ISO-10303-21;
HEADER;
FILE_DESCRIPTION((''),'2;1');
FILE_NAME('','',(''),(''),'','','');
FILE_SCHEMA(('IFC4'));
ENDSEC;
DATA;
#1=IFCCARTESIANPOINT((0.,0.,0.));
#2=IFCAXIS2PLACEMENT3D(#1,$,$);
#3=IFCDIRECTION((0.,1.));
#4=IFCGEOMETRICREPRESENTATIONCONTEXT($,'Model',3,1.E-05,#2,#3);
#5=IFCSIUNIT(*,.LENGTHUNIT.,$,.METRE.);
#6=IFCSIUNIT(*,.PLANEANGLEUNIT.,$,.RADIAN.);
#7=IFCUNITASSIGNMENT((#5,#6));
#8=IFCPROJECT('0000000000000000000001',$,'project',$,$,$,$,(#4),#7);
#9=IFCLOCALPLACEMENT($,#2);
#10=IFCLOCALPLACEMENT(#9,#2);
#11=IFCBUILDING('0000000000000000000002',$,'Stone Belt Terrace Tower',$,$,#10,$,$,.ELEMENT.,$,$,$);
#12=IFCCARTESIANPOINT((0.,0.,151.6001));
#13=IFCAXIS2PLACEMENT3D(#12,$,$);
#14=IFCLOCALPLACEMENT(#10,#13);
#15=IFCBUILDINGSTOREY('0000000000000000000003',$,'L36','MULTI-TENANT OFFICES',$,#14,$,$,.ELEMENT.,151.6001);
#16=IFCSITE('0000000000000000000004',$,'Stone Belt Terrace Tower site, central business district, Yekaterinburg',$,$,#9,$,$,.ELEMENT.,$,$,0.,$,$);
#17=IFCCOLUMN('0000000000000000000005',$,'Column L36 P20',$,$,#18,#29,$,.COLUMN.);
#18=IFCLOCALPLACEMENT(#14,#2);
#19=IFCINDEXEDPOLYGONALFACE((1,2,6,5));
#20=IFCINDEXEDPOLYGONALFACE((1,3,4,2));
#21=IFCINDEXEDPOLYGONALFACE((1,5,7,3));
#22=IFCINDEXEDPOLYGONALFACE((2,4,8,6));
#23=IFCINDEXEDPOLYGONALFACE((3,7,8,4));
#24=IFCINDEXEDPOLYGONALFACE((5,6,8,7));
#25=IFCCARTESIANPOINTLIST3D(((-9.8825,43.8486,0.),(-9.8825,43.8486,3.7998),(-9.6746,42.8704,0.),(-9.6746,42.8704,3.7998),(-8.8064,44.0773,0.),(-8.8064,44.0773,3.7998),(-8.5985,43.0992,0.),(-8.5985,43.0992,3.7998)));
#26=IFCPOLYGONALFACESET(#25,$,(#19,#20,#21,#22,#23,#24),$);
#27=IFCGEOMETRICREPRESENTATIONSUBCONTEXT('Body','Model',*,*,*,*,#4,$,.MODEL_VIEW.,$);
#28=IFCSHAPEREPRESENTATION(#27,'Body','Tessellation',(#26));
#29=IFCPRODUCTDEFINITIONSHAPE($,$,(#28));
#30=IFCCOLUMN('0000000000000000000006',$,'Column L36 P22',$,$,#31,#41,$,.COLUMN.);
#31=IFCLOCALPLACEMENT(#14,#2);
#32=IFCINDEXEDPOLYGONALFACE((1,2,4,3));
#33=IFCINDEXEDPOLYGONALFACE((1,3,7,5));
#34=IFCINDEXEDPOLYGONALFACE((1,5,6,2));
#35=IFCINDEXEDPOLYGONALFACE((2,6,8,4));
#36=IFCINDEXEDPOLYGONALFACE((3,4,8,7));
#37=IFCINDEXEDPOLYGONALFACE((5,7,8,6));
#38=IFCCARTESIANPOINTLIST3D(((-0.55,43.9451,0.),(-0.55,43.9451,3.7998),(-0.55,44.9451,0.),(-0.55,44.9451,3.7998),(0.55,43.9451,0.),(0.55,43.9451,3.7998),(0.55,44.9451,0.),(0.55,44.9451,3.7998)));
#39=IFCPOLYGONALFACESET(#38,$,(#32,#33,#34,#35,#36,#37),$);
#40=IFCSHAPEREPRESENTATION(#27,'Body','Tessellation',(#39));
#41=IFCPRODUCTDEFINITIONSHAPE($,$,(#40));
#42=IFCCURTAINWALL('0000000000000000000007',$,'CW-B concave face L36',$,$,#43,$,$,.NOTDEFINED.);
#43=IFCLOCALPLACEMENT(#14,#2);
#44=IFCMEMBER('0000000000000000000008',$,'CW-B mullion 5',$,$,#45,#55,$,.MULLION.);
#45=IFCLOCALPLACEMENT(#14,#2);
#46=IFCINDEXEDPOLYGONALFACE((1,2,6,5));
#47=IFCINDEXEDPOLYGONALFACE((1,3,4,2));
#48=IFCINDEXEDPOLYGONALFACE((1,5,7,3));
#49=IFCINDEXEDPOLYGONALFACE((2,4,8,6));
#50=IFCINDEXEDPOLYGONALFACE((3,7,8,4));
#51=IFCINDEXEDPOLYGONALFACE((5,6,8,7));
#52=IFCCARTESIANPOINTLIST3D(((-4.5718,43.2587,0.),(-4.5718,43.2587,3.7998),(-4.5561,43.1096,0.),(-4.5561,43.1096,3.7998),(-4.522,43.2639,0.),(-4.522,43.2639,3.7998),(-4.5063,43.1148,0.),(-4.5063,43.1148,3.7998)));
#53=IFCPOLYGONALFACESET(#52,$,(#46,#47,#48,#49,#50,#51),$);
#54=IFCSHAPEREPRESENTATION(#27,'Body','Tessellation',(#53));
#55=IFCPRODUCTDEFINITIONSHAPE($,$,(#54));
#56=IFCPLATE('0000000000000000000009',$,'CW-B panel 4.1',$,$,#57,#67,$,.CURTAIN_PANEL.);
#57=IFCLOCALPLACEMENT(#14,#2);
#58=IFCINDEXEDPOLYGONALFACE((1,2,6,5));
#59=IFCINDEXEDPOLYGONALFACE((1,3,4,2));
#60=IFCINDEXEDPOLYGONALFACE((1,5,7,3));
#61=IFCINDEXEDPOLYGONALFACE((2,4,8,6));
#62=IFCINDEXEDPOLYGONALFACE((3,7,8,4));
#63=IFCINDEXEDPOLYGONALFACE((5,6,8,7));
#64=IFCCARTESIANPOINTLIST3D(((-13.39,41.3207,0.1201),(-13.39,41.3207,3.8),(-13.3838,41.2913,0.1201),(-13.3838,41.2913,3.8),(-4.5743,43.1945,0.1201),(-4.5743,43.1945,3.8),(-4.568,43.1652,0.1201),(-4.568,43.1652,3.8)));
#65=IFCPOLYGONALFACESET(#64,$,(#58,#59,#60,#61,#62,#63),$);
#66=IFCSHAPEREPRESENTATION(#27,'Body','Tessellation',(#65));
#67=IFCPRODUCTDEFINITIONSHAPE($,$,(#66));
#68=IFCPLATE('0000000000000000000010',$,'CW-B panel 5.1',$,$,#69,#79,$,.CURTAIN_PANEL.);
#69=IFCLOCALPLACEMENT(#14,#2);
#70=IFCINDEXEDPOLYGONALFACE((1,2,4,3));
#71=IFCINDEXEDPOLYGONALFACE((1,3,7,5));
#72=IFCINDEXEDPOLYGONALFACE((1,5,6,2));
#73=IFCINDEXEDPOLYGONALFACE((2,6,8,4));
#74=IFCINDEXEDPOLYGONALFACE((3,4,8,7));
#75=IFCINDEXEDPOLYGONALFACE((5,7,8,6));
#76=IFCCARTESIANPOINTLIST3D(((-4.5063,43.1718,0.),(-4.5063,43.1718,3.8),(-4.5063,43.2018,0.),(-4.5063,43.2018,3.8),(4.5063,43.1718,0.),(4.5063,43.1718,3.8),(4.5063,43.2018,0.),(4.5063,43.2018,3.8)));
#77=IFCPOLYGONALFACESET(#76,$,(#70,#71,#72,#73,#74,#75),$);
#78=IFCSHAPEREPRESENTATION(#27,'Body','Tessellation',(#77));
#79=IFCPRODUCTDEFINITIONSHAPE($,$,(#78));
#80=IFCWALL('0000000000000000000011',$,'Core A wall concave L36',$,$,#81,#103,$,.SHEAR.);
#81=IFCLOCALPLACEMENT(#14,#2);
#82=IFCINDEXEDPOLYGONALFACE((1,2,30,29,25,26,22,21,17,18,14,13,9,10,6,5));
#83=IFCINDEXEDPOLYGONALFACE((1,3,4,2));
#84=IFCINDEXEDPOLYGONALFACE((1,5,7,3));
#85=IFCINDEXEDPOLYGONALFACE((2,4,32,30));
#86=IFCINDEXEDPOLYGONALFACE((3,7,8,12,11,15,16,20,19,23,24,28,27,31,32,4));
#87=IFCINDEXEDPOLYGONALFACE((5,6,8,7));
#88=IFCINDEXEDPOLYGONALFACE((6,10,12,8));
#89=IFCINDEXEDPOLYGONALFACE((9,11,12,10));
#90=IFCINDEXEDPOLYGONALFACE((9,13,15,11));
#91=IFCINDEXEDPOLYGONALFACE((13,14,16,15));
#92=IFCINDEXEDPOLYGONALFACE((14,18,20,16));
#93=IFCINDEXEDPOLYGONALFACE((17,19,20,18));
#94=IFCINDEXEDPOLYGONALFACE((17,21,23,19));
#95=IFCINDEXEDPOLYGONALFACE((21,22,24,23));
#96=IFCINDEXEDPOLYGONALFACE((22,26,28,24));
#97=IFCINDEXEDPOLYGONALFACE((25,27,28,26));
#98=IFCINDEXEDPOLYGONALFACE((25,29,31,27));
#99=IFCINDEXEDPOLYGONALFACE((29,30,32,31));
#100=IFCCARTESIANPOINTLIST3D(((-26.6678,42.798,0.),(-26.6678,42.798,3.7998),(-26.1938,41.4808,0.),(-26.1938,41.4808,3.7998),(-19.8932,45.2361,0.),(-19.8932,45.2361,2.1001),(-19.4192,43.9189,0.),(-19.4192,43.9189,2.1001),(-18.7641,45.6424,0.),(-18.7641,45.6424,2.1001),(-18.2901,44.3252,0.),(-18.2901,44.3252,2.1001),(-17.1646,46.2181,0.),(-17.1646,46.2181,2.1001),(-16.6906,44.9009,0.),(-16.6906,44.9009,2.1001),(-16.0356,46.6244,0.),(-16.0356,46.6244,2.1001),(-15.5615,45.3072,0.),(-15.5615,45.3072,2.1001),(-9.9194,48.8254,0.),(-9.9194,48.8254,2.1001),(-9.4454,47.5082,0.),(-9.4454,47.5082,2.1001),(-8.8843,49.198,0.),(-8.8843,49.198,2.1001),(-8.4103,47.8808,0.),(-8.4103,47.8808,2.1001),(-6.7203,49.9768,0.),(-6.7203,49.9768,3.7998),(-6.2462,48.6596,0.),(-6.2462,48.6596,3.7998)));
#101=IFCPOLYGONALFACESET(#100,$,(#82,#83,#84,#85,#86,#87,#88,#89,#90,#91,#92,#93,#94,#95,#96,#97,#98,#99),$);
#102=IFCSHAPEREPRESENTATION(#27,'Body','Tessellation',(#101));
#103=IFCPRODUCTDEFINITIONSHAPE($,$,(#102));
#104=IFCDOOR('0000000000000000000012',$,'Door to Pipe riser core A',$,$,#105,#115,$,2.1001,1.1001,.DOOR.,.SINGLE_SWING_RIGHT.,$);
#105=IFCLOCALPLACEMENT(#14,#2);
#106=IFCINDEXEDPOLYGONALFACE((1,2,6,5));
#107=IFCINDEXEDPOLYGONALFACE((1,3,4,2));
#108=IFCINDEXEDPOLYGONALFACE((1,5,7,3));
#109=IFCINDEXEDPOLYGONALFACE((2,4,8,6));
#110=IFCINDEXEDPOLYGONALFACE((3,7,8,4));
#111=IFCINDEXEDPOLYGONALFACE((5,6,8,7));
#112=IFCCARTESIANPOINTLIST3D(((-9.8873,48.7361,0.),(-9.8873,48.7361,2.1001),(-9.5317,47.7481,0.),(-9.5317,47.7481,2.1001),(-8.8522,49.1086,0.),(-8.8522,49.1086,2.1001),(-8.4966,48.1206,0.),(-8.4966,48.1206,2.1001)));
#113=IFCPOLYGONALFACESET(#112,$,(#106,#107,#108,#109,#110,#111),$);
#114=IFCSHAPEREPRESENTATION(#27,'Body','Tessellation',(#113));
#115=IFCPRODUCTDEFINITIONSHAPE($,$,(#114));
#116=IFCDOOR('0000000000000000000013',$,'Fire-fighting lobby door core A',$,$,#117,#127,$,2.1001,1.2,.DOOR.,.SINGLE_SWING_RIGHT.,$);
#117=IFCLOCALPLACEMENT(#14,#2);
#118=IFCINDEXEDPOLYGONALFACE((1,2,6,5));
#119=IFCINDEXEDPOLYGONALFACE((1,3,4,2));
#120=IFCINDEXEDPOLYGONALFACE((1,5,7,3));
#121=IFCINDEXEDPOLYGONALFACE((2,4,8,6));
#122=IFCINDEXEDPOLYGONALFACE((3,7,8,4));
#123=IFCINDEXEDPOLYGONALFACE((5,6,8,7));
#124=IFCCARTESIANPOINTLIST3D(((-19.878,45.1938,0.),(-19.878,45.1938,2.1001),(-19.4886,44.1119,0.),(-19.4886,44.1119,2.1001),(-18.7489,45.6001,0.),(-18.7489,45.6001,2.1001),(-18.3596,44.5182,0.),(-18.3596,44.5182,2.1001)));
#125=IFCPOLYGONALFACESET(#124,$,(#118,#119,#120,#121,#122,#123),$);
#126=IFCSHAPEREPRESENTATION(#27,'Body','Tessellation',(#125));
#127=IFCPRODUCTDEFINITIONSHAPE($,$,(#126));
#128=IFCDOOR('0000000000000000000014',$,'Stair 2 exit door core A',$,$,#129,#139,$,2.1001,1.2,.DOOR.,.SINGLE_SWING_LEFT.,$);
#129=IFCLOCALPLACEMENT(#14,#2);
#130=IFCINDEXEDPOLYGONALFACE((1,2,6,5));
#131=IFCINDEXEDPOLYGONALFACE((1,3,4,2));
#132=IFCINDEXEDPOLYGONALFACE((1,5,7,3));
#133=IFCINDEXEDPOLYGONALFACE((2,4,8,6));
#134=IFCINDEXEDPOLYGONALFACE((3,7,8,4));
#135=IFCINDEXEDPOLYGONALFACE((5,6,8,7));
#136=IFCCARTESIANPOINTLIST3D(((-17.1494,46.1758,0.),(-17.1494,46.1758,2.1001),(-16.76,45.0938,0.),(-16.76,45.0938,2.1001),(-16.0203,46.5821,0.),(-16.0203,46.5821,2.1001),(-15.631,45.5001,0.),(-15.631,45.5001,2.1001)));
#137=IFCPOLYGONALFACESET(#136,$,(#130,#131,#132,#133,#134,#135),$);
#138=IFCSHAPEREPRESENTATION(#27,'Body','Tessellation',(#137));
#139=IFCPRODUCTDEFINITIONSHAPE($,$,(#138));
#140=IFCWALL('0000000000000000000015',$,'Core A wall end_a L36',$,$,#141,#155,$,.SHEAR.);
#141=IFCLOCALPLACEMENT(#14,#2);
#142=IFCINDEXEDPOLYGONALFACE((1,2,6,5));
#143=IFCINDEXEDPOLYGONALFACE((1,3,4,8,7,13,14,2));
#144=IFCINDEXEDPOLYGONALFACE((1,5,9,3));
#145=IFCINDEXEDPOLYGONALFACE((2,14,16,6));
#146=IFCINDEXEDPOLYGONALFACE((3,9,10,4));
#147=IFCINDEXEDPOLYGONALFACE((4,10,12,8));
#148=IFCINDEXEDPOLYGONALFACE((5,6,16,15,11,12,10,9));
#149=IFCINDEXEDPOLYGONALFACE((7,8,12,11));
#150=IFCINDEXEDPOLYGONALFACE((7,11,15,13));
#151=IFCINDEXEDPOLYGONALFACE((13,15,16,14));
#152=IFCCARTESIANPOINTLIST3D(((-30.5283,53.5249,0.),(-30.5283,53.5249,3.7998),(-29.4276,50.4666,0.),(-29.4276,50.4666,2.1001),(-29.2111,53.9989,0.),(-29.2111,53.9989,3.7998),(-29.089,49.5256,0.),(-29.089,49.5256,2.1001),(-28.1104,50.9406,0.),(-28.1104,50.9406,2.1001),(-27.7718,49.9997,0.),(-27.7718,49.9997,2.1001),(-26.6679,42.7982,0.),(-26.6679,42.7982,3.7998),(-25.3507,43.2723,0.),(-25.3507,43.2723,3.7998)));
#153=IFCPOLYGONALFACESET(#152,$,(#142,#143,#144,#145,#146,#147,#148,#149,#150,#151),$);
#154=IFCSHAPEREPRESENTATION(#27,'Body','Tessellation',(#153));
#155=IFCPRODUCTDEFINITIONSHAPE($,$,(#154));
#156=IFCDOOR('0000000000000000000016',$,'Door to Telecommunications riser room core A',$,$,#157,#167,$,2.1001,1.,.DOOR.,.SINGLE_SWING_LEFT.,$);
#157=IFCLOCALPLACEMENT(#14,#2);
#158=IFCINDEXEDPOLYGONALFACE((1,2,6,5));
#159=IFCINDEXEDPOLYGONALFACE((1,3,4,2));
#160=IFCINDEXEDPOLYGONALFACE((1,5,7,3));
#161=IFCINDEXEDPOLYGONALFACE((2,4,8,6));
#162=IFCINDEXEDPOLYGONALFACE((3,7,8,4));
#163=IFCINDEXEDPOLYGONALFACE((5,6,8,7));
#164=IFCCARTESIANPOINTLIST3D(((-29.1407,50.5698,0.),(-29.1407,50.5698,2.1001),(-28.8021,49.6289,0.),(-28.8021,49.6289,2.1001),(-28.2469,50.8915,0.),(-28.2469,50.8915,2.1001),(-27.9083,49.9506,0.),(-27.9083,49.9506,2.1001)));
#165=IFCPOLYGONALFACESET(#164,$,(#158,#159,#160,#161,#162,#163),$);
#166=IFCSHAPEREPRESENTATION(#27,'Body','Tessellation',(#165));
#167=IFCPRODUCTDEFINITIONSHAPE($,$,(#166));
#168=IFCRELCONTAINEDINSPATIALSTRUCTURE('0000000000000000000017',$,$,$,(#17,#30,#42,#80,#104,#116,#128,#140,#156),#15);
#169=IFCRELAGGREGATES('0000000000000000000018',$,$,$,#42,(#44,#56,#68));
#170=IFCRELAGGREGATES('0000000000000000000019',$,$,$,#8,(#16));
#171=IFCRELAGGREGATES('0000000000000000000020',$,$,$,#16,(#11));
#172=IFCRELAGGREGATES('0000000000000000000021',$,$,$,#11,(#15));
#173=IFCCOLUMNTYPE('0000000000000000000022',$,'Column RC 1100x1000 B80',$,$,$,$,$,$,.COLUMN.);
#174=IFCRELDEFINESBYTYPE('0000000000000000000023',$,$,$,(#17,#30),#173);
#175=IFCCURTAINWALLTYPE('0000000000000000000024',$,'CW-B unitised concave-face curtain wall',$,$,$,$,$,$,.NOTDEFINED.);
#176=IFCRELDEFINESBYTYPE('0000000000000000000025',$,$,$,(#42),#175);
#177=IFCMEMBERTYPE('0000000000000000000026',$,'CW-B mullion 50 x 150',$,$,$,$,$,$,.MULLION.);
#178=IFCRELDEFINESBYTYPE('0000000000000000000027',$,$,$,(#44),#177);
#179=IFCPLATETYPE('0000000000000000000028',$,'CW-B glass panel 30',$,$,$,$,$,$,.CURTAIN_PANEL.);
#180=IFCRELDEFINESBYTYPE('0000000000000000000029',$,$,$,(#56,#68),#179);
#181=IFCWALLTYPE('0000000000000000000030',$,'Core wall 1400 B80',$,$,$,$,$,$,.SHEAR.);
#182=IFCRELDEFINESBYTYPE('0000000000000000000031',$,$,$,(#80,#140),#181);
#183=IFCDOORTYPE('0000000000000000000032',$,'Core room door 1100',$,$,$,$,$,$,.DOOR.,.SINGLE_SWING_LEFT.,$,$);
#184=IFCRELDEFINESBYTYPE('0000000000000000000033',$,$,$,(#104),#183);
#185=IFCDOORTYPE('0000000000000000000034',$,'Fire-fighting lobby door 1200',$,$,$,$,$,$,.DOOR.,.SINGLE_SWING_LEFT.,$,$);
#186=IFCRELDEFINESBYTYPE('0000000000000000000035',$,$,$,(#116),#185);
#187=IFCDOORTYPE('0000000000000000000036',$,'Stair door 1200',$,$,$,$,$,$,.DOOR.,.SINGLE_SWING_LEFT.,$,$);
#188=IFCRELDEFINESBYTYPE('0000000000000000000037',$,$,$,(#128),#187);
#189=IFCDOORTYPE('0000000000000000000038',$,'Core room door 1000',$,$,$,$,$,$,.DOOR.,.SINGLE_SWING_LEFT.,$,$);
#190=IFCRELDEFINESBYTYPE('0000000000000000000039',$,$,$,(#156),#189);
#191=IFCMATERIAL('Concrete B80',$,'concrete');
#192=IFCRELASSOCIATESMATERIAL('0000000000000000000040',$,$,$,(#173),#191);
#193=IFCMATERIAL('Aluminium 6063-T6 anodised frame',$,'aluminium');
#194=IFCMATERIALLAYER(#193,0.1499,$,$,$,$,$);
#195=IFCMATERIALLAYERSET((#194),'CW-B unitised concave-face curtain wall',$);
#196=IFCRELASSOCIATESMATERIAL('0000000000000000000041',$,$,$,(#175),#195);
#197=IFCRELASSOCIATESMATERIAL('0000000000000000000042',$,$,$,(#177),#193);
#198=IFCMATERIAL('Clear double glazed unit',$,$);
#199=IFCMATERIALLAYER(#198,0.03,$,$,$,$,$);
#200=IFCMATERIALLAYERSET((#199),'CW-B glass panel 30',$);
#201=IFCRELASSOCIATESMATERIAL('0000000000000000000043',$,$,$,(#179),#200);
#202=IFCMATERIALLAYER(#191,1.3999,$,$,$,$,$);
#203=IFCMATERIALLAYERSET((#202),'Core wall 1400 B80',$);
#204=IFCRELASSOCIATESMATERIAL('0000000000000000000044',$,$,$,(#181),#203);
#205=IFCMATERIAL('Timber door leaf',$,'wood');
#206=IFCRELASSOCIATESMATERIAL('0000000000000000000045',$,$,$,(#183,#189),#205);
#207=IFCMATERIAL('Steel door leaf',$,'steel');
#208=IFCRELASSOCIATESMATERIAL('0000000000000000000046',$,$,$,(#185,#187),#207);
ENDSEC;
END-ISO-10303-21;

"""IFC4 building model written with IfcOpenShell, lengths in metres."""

from ifc_helpers import new_model, si_unit, direction, frame, frame_2d, origin, origin_2d, place, context, subcontext, project, spatial, rectangle, extrude, material, layer, layer_set, material_profile, profile_set, type_object, element, fill, aggregate, save


model = new_model("IFC4")

# Units and contexts
model_context = context("Model", 3, precision=1e-05, world=origin(), true_north=direction((0.0, 1.0)))
body_context = subcontext(model_context, "Body", "Model", "MODEL_VIEW")
ifc_project = project(units=[si_unit("LENGTHUNIT", "METRE"), si_unit("PLANEANGLEUNIT", "RADIAN")], contexts=[model_context])

# Site, building, storey
site_placement = place(None, origin())
site = spatial("IfcSite", under=ifc_project, at=site_placement, Name="Stone Belt Terrace Tower site, central business district, Yekaterinburg", CompositionType="ELEMENT", RefElevation=0.0)
building_placement = place(site_placement, origin())
building = spatial("IfcBuilding", under=site, at=building_placement, Name="Stone Belt Terrace Tower", CompositionType="ELEMENT")
storey_placement = place(building_placement, frame((0.0, 0.0, 151.6001)))
storey = spatial("IfcBuildingStorey", under=building, at=storey_placement, Name="L36", Description="MULTI-TENANT OFFICES", CompositionType="ELEMENT", Elevation=151.6001)

# Columns
ifc_material_1 = material(Name="Concrete B80", Category="concrete")
ifc_material_profile_1 = material_profile(ifc_material_1, rectangle(XDim=1.1001, YDim=1.0, at=origin_2d()), Name="RC 1100x1000")
ifc_profile_set_1 = profile_set([ifc_material_profile_1], Name="Concrete B80")
column_type = type_object("IfcColumnType", Name="Column RC 1100x1000 B80", PredefinedType="COLUMN", material=ifc_profile_set_1)
for number, where, z_axis, x_axis, name in (
    (1, (-9.2405, 43.4739, 0.0), (0.0, 0.0, 1.0), (0.978148, 0.207912, 0.0), "Column L36 P20"),
    (2, (0.0, 44.4451, 0.0), (0.0, 0.0, 1.0), (1.0, 0.0, 0.0), "Column L36 P22"),
):
    element("IfcColumn", number, at=place(storey_placement, frame(where, z_axis=z_axis, x_axis=x_axis)), inside=storey, type_object=column_type, Name=name, PredefinedType="COLUMN", context=body_context, shape_type="SweptSolid", body=[
        extrude(rectangle(XDim=1.1001, YDim=1.0, at=origin_2d()), origin(), (0.0, 0.0, 1.0), 3.7998),
    ])

# Curtain wall, member, plates
ifc_material_2 = material(Name="Aluminium 6063-T6 anodised frame", Category="aluminium")
ifc_layer_1 = layer(ifc_material_2, 0.1499)
ifc_layer_set_1 = layer_set([ifc_layer_1], Name="CW-B unitised concave-face curtain wall")
curtain_wall_type = type_object("IfcCurtainWallType", Name="CW-B unitised concave-face curtain wall", PredefinedType="NOTDEFINED", material=ifc_layer_set_1)
curtain_wall_placement = place(storey_placement, origin())
curtain_wall = element("IfcCurtainWall", 3, at=curtain_wall_placement, inside=storey, type_object=curtain_wall_type, Name="CW-B concave face L36", PredefinedType="NOTDEFINED")
ifc_material_profile_2 = material_profile(ifc_material_2, rectangle(XDim=0.1499, YDim=0.05, at=origin_2d()), Name="Aluminium 6063-T6 50x150")
ifc_profile_set_2 = profile_set([ifc_material_profile_2], Name="Aluminium 6063-T6 anodised frame")
member_type = type_object("IfcMemberType", Name="CW-B mullion 50 x 150", PredefinedType="MULLION", material=ifc_profile_set_2)
member_placement = place(storey_placement, frame((-4.5391, 43.1868, 0.0), z_axis=(0.0, 0.0, 1.0), x_axis=(-0.104528, 0.994522, 0.0)))
member = element("IfcMember", 4, at=member_placement, type_object=member_type, Name="CW-B mullion 5", PredefinedType="MULLION", context=body_context, shape_type="SweptSolid", body=[
    extrude(rectangle(XDim=0.1499, YDim=0.05, at=origin_2d()), origin(), (0.0, 0.0, 1.0), 3.7998),
])
ifc_material_3 = material(Name="Clear double glazed unit")
ifc_layer_2 = layer(ifc_material_3, 0.03)
ifc_layer_set_2 = layer_set([ifc_layer_2], Name="CW-B glass panel 30")
plate_type = type_object("IfcPlateType", Name="CW-B glass panel 30", PredefinedType="CURTAIN_PANEL", material=ifc_layer_set_2)
plate_1_placement = place(storey_placement, frame((-8.979, 42.2429, 0.1201), z_axis=(0.0, 0.0, 1.0), x_axis=(0.978148, 0.207912, 0.0)))
plate_1 = element("IfcPlate", 5, at=plate_1_placement, type_object=plate_type, Name="CW-B panel 4.1", PredefinedType="CURTAIN_PANEL", context=body_context, shape_type="SweptSolid", body=[
    extrude(rectangle(XDim=9.0127, YDim=0.03, at=origin_2d()), origin(), (0.0, 0.0, 1.0), 3.6799),
])
plate_2_placement = place(storey_placement, frame((0.0, 43.1868, 0.0), z_axis=(0.0, 0.0, 1.0), x_axis=(1.0, 0.0, 0.0)))
plate_2 = element("IfcPlate", 6, at=plate_2_placement, type_object=plate_type, Name="CW-B panel 5.1", PredefinedType="CURTAIN_PANEL", context=body_context, shape_type="SweptSolid", body=[
    extrude(rectangle(XDim=9.0127, YDim=0.03, at=origin_2d()), origin(), (0.0, 0.0, 1.0), 3.8),
])
aggregate(curtain_wall, [member, plate_1, plate_2])

# Wall, openings, doors
ifc_layer_3 = layer(ifc_material_1, 1.3999)
ifc_layer_set_3 = layer_set([ifc_layer_3], Name="Core wall 1400 B80")
wall_type_1 = type_object("IfcWallType", Name="Core wall 1400 B80", PredefinedType="SHEAR", material=ifc_layer_set_3)
wall_1_placement = place(storey_placement, frame((-26.4309, 42.1394, 0.0), z_axis=(0.0, 0.0, 1.0), x_axis=(0.940923, 0.33862, 0.0)))
wall_1 = element("IfcWall", 7, at=wall_1_placement, inside=storey, type_object=wall_type_1, Name="Core A wall concave L36", PredefinedType="SHEAR", context=body_context, shape_type="SweptSolid", body=[
    extrude(rectangle(XDim=21.2, YDim=1.3999, at=frame_2d((10.6001, 0.0))), origin(), (0.0, 0.0, 1.0), 3.7998),
])
opening_1_placement = place(wall_1_placement, frame((7.2, 0.0, 0.0)))
opening_1 = element("IfcOpeningElement", 8, at=opening_1_placement, cuts=wall_1, PredefinedType="OPENING", context=body_context, shape_type="SweptSolid", body=[
    extrude(rectangle(XDim=1.2, YDim=2.1001, at=frame_2d((0.6001, 1.05))), frame((0.0, 0.71, 0.0), z_axis=(0.0, -1.0, 0.0), x_axis=(1.0, 0.0, 0.0)), (0.0, 0.0, 1.0), 1.4199),
])
opening_2_placement = place(wall_1_placement, frame((10.0999, 0.0, 0.0)))
opening_2 = element("IfcOpeningElement", 9, at=opening_2_placement, cuts=wall_1, PredefinedType="OPENING", context=body_context, shape_type="SweptSolid", body=[
    extrude(rectangle(XDim=1.2, YDim=2.1001, at=frame_2d((0.6001, 1.05))), frame((0.0, 0.71, 0.0), z_axis=(0.0, -1.0, 0.0), x_axis=(1.0, 0.0, 0.0)), (0.0, 0.0, 1.0), 1.4199),
])
opening_3_placement = place(wall_1_placement, frame((17.8, 0.0, 0.0)))
opening_3 = element("IfcOpeningElement", 10, at=opening_3_placement, cuts=wall_1, PredefinedType="OPENING", context=body_context, shape_type="SweptSolid", body=[
    extrude(rectangle(XDim=1.1001, YDim=2.1001, at=frame_2d((0.55, 1.05))), frame((0.0, 0.71, 0.0), z_axis=(0.0, -1.0, 0.0), x_axis=(1.0, 0.0, 0.0)), (0.0, 0.0, 1.0), 1.4199),
])
ifc_material_4 = material(Name="Timber door leaf", Category="wood")
door_type_1 = type_object("IfcDoorType", Name="Core room door 1100", OperationType="SINGLE_SWING_LEFT", PredefinedType="DOOR", material=ifc_material_4)
door_1_placement = place(opening_3_placement, origin())
door_1 = element("IfcDoor", 11, at=door_1_placement, inside=storey, type_object=door_type_1, Name="Door to Pipe riser core A", OperationType="SINGLE_SWING_RIGHT", OverallHeight=2.1001, OverallWidth=1.1001, PredefinedType="DOOR", context=body_context, shape_type="SweptSolid", body=[
    extrude(rectangle(XDim=1.1001, YDim=2.1001, at=frame_2d((0.55, 1.05))), frame((0.0, 0.605, 0.0), z_axis=(0.0, -1.0, 0.0), x_axis=(1.0, 0.0, 0.0)), (0.0, 0.0, 1.0), 1.05),
])
fill(opening_3, door_1)
ifc_material_5 = material(Name="Steel door leaf", Category="steel")
door_type_2 = type_object("IfcDoorType", Name="Fire-fighting lobby door 1200", OperationType="SINGLE_SWING_LEFT", PredefinedType="DOOR", material=ifc_material_5)
door_2_placement = place(opening_1_placement, origin())
door_2 = element("IfcDoor", 12, at=door_2_placement, inside=storey, type_object=door_type_2, Name="Fire-fighting lobby door core A", OperationType="SINGLE_SWING_RIGHT", OverallHeight=2.1001, OverallWidth=1.2, PredefinedType="DOOR", context=body_context, shape_type="SweptSolid", body=[
    extrude(rectangle(XDim=1.2, YDim=2.1001, at=frame_2d((0.6001, 1.05))), frame((0.0, 0.655, 0.0), z_axis=(0.0, -1.0, 0.0), x_axis=(1.0, 0.0, 0.0)), (0.0, 0.0, 1.0), 1.1499),
])
fill(opening_1, door_2)
door_type_3 = type_object("IfcDoorType", Name="Stair door 1200", OperationType="SINGLE_SWING_LEFT", PredefinedType="DOOR", material=ifc_material_5)
door_3_placement = place(opening_2_placement, origin())
door_3 = element("IfcDoor", 13, at=door_3_placement, inside=storey, type_object=door_type_3, Name="Stair 2 exit door core A", OperationType="SINGLE_SWING_LEFT", OverallHeight=2.1001, OverallWidth=1.2, PredefinedType="DOOR", context=body_context, shape_type="SweptSolid", body=[
    extrude(rectangle(XDim=1.2, YDim=2.1001, at=frame_2d((0.6001, 1.05))), frame((0.0, 0.655, 0.0), z_axis=(0.0, -1.0, 0.0), x_axis=(1.0, 0.0, 0.0)), (0.0, 0.0, 1.0), 1.1499),
])
fill(opening_2, door_3)

# Wall, opening, door
wall_2_placement = place(storey_placement, frame((-26.0093, 43.0352, 0.0), z_axis=(0.0, 0.0, 1.0), x_axis=(-0.338625, 0.940921, 0.0)))
wall_2 = element("IfcWall", 14, at=wall_2_placement, inside=storey, type_object=wall_type_1, Name="Core A wall end_a L36", PredefinedType="SHEAR", context=body_context, shape_type="SweptSolid", body=[
    extrude(rectangle(XDim=11.4001, YDim=1.3999, at=frame_2d((5.7002, 0.0))), origin(), (0.0, 0.0, 1.0), 3.7998),
])
opening_4_placement = place(wall_2_placement, frame((7.1499, 0.0, 0.0)))
opening_4 = element("IfcOpeningElement", 15, at=opening_4_placement, cuts=wall_2, PredefinedType="OPENING", context=body_context, shape_type="SweptSolid", body=[
    extrude(rectangle(XDim=1.0, YDim=2.1001, at=frame_2d((0.5, 1.05))), frame((0.0, 0.71, 0.0), z_axis=(0.0, -1.0, 0.0), x_axis=(1.0, 0.0, 0.0)), (0.0, 0.0, 1.0), 1.4199),
])
door_type_4 = type_object("IfcDoorType", Name="Core room door 1000", OperationType="SINGLE_SWING_LEFT", PredefinedType="DOOR", material=ifc_material_4)
door_4_placement = place(opening_4_placement, origin())
door_4 = element("IfcDoor", 16, at=door_4_placement, inside=storey, type_object=door_type_4, Name="Door to Telecommunications riser room core A", OperationType="SINGLE_SWING_LEFT", OverallHeight=2.1001, OverallWidth=1.0, PredefinedType="DOOR", context=body_context, shape_type="SweptSolid", body=[
    extrude(rectangle(XDim=1.0, YDim=2.1001, at=frame_2d((0.5, 1.05))), frame((0.0, 0.395, 0.0), z_axis=(0.0, -1.0, 0.0), x_axis=(1.0, 0.0, 0.0)), (0.0, 0.0, 1.0), 0.95),
])
fill(opening_4, door_4)

save(model, "model.ifc")
